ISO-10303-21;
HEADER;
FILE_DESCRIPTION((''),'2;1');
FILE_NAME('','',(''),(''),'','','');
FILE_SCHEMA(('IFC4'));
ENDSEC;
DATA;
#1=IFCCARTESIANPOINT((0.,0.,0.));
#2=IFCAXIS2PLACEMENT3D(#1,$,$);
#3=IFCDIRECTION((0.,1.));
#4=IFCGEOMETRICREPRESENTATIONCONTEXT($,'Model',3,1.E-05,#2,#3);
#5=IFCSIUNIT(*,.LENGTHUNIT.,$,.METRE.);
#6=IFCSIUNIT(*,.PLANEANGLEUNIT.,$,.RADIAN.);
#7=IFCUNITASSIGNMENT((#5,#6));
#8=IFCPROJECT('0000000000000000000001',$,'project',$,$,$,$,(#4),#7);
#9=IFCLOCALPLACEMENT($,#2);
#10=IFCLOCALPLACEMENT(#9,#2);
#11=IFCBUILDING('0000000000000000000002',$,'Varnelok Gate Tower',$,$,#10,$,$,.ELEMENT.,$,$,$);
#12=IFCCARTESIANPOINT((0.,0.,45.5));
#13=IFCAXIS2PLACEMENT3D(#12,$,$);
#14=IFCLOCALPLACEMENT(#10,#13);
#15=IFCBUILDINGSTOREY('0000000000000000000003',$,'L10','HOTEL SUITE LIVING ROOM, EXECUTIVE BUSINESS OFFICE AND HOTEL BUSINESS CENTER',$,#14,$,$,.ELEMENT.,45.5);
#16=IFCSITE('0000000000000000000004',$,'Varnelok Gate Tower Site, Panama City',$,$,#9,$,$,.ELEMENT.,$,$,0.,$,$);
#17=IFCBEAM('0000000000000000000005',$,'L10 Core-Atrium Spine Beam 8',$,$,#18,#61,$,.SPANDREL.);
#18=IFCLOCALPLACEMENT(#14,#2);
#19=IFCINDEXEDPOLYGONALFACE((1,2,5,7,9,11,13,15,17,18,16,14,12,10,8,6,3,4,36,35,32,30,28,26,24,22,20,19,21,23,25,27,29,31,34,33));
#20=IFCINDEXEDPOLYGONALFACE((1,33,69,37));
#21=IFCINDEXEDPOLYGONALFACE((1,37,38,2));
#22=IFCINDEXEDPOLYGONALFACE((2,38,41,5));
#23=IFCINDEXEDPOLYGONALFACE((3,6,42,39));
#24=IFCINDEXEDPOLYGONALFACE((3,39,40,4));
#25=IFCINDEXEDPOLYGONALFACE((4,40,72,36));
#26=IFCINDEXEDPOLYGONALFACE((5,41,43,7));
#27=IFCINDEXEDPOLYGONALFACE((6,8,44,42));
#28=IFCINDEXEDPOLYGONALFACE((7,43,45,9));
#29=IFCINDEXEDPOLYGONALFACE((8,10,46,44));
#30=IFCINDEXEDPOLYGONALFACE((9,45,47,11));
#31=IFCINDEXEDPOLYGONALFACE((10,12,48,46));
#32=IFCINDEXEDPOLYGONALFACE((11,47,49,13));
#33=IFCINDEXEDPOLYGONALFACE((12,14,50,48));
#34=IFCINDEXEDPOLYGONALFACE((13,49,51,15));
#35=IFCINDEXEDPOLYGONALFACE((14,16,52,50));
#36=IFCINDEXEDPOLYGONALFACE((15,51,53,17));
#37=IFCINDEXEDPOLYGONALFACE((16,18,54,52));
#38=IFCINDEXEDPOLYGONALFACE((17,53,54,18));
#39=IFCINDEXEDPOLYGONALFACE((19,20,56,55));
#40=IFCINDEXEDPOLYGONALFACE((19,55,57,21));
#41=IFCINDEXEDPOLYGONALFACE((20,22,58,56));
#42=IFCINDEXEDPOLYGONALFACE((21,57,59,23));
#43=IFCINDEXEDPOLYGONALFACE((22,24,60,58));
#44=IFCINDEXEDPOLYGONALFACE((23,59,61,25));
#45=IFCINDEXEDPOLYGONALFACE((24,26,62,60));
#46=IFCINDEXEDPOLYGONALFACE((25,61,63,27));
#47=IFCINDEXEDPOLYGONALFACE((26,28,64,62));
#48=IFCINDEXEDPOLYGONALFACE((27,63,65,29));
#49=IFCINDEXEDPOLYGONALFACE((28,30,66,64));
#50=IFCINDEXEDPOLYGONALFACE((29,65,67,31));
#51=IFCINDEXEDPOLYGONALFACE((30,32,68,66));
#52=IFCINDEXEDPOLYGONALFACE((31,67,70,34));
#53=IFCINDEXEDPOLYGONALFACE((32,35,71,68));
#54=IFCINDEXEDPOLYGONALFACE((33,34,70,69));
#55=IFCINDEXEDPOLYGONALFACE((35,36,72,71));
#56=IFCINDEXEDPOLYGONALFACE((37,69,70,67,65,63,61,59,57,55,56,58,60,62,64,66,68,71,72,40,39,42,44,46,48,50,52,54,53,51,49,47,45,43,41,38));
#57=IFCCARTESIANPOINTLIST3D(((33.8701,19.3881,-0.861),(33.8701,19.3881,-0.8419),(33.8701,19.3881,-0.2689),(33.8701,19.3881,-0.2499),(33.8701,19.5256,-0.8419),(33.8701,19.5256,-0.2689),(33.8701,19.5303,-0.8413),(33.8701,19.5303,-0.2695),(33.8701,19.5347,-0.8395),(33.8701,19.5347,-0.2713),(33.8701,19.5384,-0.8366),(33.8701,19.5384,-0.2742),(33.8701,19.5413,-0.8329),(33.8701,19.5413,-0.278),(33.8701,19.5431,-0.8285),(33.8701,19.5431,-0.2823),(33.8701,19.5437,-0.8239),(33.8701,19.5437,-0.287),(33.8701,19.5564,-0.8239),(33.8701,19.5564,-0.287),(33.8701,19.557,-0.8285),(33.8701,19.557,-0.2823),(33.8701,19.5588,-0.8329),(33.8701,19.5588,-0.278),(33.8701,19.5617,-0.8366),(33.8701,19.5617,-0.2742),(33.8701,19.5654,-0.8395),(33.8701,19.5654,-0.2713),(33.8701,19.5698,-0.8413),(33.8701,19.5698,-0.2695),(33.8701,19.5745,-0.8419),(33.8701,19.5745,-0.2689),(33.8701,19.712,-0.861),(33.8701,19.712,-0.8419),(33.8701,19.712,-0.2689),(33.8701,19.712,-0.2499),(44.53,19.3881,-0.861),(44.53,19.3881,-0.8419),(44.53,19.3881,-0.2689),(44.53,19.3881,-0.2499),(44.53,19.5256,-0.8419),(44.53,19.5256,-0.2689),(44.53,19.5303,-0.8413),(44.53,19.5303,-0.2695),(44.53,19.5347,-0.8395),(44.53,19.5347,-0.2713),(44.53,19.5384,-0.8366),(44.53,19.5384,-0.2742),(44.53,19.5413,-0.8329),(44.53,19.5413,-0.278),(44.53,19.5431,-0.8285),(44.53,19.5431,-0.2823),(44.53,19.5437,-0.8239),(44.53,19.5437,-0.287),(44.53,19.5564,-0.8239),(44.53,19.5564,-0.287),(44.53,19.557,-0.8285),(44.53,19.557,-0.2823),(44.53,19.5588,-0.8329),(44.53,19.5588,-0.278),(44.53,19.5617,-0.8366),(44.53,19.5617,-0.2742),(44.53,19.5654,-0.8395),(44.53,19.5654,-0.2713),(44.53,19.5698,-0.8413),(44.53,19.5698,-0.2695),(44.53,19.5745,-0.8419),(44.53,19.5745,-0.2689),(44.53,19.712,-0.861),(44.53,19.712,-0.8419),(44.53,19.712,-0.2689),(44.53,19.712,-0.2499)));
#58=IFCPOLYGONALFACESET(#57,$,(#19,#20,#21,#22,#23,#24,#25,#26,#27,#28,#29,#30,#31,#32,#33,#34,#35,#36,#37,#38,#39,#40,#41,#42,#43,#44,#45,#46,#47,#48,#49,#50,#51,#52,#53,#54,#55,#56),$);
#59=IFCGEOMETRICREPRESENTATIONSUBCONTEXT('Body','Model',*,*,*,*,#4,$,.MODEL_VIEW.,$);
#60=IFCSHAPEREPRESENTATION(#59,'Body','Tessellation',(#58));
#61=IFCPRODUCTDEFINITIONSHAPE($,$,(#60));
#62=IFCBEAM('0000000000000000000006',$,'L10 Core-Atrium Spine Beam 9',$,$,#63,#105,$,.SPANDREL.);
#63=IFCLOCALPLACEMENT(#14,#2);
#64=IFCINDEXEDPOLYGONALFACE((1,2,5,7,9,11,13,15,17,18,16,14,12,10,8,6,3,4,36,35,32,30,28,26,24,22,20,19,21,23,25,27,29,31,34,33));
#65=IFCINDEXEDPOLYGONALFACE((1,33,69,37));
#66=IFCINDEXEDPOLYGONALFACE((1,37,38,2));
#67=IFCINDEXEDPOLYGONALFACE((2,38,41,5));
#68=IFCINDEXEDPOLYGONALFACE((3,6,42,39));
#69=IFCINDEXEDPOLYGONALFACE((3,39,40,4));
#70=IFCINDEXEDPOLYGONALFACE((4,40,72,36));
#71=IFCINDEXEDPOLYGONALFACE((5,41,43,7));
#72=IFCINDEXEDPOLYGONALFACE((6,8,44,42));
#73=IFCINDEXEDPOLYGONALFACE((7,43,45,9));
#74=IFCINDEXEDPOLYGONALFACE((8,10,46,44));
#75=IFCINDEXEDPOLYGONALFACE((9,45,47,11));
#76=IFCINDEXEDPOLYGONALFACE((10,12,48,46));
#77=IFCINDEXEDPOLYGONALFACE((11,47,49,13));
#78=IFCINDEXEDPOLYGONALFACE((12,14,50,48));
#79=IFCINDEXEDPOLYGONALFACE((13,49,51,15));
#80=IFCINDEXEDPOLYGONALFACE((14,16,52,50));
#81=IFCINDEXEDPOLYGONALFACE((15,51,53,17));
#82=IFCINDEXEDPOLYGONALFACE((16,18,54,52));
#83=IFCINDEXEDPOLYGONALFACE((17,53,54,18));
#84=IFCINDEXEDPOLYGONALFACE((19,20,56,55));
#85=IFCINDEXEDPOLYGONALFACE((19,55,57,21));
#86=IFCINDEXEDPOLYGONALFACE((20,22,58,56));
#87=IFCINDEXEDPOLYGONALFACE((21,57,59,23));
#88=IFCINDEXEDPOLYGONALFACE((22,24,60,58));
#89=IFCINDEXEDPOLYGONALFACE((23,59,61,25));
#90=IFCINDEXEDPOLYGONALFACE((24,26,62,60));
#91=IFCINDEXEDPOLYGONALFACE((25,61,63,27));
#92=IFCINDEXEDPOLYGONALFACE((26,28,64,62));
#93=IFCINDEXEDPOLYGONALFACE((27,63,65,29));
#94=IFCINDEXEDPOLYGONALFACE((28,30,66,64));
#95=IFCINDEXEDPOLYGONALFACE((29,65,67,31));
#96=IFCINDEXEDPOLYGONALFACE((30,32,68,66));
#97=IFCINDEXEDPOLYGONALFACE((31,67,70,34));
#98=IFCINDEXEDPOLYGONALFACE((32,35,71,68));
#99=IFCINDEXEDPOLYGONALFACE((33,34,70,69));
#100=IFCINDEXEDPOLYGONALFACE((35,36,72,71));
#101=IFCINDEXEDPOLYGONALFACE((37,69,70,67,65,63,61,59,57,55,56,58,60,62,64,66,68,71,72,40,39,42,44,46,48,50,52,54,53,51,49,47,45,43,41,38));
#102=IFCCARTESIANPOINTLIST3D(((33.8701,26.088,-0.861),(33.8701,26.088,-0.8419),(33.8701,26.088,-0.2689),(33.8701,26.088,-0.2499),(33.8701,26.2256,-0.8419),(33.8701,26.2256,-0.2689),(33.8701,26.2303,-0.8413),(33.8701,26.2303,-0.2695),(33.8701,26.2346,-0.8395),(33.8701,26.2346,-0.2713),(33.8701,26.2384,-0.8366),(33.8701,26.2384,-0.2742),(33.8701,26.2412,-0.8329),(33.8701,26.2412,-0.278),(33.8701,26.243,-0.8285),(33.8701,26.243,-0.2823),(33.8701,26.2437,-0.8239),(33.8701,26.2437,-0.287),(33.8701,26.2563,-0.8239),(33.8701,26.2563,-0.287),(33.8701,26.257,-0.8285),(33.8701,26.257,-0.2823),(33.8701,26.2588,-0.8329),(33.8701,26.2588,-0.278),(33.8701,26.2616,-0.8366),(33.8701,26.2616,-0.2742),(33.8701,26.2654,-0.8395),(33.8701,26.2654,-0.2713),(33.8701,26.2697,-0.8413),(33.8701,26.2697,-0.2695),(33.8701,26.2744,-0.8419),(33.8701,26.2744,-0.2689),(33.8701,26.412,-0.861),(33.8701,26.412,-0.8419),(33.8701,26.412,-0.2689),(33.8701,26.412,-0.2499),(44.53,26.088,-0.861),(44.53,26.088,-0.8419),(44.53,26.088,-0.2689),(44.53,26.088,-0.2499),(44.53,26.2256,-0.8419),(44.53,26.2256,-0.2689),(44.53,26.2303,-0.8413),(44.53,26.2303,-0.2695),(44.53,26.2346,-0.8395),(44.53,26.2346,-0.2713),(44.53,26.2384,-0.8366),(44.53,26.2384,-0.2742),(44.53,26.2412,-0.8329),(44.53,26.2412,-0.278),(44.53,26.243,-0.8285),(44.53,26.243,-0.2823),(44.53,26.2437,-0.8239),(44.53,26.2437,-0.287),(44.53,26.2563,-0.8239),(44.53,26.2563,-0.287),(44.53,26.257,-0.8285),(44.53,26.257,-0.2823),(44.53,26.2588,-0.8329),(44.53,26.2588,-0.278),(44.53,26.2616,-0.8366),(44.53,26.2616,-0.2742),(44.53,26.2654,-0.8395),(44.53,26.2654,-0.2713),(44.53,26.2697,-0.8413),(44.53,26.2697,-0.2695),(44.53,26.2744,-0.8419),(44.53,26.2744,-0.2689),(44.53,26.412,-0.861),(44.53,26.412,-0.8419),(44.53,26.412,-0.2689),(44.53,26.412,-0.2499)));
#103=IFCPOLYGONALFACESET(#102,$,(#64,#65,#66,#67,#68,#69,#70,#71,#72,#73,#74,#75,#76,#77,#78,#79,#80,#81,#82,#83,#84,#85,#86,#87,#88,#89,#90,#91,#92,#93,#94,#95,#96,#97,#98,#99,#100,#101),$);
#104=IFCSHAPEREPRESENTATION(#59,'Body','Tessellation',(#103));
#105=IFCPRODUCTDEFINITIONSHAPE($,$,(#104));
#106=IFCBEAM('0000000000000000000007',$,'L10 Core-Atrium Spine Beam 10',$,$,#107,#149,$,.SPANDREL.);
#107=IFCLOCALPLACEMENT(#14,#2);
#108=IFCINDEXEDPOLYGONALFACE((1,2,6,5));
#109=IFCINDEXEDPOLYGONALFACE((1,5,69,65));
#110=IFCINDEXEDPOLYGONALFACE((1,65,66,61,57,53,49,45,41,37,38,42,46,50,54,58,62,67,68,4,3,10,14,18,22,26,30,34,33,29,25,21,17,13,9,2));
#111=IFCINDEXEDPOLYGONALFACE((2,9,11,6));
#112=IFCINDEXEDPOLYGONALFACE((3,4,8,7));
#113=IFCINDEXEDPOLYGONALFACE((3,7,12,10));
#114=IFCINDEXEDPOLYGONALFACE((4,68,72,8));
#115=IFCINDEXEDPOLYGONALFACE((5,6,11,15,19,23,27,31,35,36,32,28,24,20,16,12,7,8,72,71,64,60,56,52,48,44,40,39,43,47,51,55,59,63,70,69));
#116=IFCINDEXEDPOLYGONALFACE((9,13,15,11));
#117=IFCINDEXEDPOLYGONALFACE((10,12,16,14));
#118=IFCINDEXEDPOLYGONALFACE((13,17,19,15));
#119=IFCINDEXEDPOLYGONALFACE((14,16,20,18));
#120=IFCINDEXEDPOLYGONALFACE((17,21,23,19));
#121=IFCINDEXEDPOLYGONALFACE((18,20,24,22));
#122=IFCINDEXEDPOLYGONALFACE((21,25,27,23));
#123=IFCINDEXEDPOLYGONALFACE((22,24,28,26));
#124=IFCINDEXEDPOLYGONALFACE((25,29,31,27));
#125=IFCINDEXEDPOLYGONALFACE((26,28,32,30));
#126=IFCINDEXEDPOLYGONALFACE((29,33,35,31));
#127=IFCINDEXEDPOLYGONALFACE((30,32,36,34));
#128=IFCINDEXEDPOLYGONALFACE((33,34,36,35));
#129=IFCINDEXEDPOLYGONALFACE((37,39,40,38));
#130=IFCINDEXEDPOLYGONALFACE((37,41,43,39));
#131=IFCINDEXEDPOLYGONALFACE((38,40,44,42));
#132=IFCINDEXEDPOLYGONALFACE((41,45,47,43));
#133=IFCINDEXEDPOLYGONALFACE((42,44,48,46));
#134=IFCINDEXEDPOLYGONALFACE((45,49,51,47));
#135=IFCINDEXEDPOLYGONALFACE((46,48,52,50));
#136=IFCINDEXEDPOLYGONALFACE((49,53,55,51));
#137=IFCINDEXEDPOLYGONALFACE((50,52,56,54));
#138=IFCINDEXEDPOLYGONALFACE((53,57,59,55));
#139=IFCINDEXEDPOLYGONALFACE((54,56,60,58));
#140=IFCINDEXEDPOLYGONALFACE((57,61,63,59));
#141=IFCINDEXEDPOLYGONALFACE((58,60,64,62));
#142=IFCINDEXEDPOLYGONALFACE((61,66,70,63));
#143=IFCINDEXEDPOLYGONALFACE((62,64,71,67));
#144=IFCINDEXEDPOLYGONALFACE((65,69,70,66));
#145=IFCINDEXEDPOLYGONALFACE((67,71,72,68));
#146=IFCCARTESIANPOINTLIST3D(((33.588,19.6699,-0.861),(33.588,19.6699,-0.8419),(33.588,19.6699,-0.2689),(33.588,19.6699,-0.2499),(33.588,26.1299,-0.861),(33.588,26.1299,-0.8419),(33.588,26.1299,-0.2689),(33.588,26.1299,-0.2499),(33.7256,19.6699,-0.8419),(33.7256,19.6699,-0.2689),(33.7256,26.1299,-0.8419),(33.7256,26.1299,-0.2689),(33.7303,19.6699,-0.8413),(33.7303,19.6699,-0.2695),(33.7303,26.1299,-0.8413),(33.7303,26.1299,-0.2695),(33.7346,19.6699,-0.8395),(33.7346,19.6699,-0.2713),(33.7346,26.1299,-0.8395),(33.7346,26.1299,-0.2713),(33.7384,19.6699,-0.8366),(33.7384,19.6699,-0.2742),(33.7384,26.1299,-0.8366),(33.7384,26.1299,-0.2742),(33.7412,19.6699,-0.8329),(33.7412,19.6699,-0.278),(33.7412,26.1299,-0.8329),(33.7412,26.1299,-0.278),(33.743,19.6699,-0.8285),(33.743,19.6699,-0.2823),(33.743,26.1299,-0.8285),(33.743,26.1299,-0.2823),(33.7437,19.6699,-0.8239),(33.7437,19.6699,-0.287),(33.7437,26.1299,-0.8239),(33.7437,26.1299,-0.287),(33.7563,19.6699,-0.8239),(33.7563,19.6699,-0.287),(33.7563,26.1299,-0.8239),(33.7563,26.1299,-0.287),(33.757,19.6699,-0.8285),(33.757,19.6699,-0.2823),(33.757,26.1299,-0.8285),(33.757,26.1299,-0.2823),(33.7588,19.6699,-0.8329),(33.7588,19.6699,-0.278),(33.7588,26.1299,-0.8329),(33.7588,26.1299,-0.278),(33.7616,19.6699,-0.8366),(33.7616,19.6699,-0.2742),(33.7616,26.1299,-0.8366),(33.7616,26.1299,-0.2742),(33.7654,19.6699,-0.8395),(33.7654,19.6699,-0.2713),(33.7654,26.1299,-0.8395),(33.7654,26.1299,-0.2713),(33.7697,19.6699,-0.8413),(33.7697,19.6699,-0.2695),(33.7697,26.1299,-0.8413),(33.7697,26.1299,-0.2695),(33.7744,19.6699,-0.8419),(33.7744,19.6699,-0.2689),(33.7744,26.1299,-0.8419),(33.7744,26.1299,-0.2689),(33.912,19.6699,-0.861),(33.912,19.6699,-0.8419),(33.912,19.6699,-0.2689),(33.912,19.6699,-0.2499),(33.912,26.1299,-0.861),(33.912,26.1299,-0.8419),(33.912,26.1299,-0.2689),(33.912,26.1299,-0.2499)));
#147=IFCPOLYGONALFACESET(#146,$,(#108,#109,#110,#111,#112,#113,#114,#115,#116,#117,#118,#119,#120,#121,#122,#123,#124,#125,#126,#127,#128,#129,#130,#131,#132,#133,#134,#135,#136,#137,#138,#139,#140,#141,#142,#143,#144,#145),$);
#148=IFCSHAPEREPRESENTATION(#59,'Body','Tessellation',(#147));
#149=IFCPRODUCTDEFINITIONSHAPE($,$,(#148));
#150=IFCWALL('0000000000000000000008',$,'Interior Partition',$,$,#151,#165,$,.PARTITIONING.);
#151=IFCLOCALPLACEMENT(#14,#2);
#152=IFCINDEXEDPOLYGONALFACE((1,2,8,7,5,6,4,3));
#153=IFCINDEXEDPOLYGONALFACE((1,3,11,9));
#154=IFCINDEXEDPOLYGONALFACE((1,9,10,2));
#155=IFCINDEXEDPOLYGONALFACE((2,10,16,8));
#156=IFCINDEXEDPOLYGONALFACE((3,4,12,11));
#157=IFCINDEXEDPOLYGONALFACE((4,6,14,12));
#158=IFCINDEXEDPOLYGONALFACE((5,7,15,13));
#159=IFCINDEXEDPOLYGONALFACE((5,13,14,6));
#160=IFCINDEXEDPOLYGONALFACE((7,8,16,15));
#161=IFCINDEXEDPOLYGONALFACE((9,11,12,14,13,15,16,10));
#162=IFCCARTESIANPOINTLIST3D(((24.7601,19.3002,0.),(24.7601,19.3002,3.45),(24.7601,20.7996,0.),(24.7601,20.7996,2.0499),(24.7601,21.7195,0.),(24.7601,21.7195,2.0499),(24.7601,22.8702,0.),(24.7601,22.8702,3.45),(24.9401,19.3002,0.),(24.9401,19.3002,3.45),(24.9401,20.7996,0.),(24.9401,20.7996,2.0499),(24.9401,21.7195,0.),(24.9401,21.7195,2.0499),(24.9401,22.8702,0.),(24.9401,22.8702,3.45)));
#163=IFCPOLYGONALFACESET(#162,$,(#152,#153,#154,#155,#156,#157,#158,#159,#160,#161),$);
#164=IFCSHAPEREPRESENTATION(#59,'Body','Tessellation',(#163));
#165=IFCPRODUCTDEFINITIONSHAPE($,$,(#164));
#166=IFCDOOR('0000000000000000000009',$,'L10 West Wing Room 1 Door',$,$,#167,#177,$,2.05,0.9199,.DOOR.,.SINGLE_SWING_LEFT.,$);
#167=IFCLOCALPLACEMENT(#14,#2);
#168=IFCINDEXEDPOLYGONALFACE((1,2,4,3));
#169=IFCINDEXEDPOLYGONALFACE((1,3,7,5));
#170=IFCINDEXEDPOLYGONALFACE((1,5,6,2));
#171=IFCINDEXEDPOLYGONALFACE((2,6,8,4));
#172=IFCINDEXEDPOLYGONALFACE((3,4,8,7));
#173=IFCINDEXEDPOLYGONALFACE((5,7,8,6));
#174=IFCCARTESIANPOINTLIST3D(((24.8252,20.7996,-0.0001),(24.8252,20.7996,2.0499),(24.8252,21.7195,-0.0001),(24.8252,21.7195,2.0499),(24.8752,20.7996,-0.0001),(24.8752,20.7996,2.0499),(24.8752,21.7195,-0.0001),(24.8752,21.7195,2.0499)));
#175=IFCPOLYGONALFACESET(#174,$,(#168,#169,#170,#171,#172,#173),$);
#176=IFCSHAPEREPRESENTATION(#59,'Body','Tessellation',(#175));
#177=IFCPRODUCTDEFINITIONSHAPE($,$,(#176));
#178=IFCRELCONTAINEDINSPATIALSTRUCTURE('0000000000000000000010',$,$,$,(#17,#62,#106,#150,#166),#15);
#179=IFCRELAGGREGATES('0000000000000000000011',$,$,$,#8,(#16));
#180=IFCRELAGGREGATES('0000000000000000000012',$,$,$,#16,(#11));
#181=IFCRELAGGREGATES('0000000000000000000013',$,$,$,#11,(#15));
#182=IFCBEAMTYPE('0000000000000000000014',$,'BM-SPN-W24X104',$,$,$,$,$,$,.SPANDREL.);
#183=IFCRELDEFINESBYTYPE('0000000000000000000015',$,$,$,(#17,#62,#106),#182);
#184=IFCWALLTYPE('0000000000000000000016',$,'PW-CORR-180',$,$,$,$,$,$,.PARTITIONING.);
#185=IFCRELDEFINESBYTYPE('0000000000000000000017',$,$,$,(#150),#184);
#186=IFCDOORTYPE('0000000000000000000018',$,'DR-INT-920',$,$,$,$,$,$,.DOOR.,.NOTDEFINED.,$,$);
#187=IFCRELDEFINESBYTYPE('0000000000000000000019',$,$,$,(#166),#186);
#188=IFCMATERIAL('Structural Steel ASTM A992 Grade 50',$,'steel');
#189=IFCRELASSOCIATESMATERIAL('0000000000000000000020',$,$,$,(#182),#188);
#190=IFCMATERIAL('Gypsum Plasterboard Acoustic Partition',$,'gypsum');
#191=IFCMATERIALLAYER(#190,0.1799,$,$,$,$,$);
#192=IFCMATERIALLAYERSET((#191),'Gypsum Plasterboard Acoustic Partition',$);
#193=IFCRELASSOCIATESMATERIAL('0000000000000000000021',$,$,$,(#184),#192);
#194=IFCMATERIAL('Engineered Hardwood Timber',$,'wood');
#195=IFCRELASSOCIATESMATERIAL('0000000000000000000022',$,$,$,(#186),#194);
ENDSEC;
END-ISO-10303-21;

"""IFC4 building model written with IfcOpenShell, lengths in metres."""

from ifc_helpers import new_model, si_unit, direction, frame, frame_2d, origin, origin_2d, place, context, subcontext, project, spatial, rectangle, i_section, extrude, material, layer, layer_set, material_profile, profile_set, type_object, element, fill, save


model = new_model("IFC4")

# Units and contexts
model_context = context("Model", 3, precision=1e-05, world=origin(), true_north=direction((0.0, 1.0)))
body_context = subcontext(model_context, "Body", "Model", "MODEL_VIEW")
ifc_project = project(units=[si_unit("LENGTHUNIT", "METRE"), si_unit("PLANEANGLEUNIT", "RADIAN")], contexts=[model_context])

# Site, building, storey
site_placement = place(None, origin())
site = spatial("IfcSite", under=ifc_project, at=site_placement, Name="Varnelok Gate Tower Site, Panama City", CompositionType="ELEMENT", RefElevation=0.0)
building_placement = place(site_placement, origin())
building = spatial("IfcBuilding", under=site, at=building_placement, Name="Varnelok Gate Tower", CompositionType="ELEMENT")
storey_placement = place(building_placement, frame((0.0, 0.0, 45.5)))
storey = spatial("IfcBuildingStorey", under=building, at=storey_placement, Name="L10", Description="HOTEL SUITE LIVING ROOM, EXECUTIVE BUSINESS OFFICE AND HOTEL BUSINESS CENTER", CompositionType="ELEMENT", Elevation=45.5)

# Shared definitions
ifc_material_1 = material(Name="Structural Steel ASTM A992 Grade 50", Category="steel")

# Beams
ifc_material_profile_1 = material_profile(ifc_material_1, i_section(OverallWidth=0.324, OverallDepth=0.6111, WebThickness=0.0127, FlangeThickness=0.019, FilletRadius=0.0181, at=origin_2d()), Name="W24X104")
ifc_profile_set_1 = profile_set([ifc_material_profile_1], Name="Structural Steel ASTM A992 Grade 50")
beam_type_1 = type_object("IfcBeamType", Name="BM-SPN-W24X104", PredefinedType="SPANDREL", material=ifc_profile_set_1)
for number, where, z_axis, x_axis, name in (
    (1, (33.8701, 19.55, -0.5554), (1.0, 0.0, 0.0), (0.0, 1.0, 0.0), "L10 Core-Atrium Spine Beam 8"),
    (2, (33.8701, 26.25, -0.5554), (1.0, 0.0, 0.0), (0.0, 1.0, 0.0), "L10 Core-Atrium Spine Beam 9"),
):
    element("IfcBeam", number, at=place(storey_placement, frame(where, z_axis=z_axis, x_axis=x_axis)), inside=storey, type_object=beam_type_1, Name=name, PredefinedType="SPANDREL", context=body_context, shape_type="SweptSolid", body=[
        extrude(i_section(OverallWidth=0.324, OverallDepth=0.6111, WebThickness=0.0127, FlangeThickness=0.019, FilletRadius=0.0181, at=origin_2d()), origin(), (0.0, 0.0, 1.0), 10.6599),
    ])
beam_1_placement = place(storey_placement, frame((33.75, 19.6699, -0.5554), z_axis=(0.0, 1.0, 0.0), x_axis=(-1.0, 0.0, 0.0)))
element("IfcBeam", 3, at=beam_1_placement, inside=storey, type_object=beam_type_1, Name="L10 Core-Atrium Spine Beam 10", PredefinedType="SPANDREL", context=body_context, shape_type="SweptSolid", body=[
    extrude(i_section(OverallWidth=0.324, OverallDepth=0.6111, WebThickness=0.0127, FlangeThickness=0.019, FilletRadius=0.0181, at=origin_2d()), origin(), (0.0, 0.0, 1.0), 6.46),
])

# Wall, opening, door
ifc_material_2 = material(Name="Gypsum Plasterboard Acoustic Partition", Category="gypsum")
ifc_layer_1 = layer(ifc_material_2, 0.1799)
ifc_layer_set_1 = layer_set([ifc_layer_1], Name="Gypsum Plasterboard Acoustic Partition")
wall_type_1 = type_object("IfcWallType", Name="PW-CORR-180", PredefinedType="PARTITIONING", material=ifc_layer_set_1)
wall_1_placement = place(storey_placement, frame((24.8501, 19.3, 0.0), z_axis=(0.0, 0.0, 1.0), x_axis=(0.0, 1.0, 0.0)))
wall_1 = element("IfcWall", 4, at=wall_1_placement, inside=storey, type_object=wall_type_1, Name="Interior Partition", PredefinedType="PARTITIONING", context=body_context, shape_type="SweptSolid", body=[
    extrude(rectangle(XDim=3.5701, YDim=0.1799, at=frame_2d((1.7852, 0.0))), origin(), (0.0, 0.0, 1.0), 3.45),
])
opening_1_placement = place(wall_1_placement, frame((1.4995, 0.0, 0.0)))
opening_1 = element("IfcOpeningElement", 5, at=opening_1_placement, cuts=wall_1, PredefinedType="OPENING", context=body_context, shape_type="SweptSolid", body=[
    extrude(rectangle(XDim=0.9199, YDim=2.05, at=frame_2d((0.46, 1.0249))), frame((0.0, 0.0999, 0.0), z_axis=(0.0, -1.0, 0.0), x_axis=(1.0, 0.0, 0.0)), (0.0, 0.0, 1.0), 0.2),
])
ifc_material_3 = material(Name="Engineered Hardwood Timber", Category="wood")
door_type_1 = type_object("IfcDoorType", Name="DR-INT-920", OperationType="NOTDEFINED", PredefinedType="DOOR", material=ifc_material_3)
door_1_placement = place(opening_1_placement, origin())
door_1 = element("IfcDoor", 6, at=door_1_placement, inside=storey, type_object=door_type_1, Name="L10 West Wing Room 1 Door", OperationType="SINGLE_SWING_LEFT", OverallHeight=2.05, OverallWidth=0.9199, PredefinedType="DOOR", context=body_context, shape_type="SweptSolid", body=[
    extrude(rectangle(XDim=0.9199, YDim=2.05, at=frame_2d((0.46, 1.0249))), frame((0.0, 0.0249, 0.0), z_axis=(0.0, -1.0, 0.0), x_axis=(1.0, 0.0, 0.0)), (0.0, 0.0, 1.0), 0.05),
])
fill(opening_1, door_1)

save(model, "model.ifc")
